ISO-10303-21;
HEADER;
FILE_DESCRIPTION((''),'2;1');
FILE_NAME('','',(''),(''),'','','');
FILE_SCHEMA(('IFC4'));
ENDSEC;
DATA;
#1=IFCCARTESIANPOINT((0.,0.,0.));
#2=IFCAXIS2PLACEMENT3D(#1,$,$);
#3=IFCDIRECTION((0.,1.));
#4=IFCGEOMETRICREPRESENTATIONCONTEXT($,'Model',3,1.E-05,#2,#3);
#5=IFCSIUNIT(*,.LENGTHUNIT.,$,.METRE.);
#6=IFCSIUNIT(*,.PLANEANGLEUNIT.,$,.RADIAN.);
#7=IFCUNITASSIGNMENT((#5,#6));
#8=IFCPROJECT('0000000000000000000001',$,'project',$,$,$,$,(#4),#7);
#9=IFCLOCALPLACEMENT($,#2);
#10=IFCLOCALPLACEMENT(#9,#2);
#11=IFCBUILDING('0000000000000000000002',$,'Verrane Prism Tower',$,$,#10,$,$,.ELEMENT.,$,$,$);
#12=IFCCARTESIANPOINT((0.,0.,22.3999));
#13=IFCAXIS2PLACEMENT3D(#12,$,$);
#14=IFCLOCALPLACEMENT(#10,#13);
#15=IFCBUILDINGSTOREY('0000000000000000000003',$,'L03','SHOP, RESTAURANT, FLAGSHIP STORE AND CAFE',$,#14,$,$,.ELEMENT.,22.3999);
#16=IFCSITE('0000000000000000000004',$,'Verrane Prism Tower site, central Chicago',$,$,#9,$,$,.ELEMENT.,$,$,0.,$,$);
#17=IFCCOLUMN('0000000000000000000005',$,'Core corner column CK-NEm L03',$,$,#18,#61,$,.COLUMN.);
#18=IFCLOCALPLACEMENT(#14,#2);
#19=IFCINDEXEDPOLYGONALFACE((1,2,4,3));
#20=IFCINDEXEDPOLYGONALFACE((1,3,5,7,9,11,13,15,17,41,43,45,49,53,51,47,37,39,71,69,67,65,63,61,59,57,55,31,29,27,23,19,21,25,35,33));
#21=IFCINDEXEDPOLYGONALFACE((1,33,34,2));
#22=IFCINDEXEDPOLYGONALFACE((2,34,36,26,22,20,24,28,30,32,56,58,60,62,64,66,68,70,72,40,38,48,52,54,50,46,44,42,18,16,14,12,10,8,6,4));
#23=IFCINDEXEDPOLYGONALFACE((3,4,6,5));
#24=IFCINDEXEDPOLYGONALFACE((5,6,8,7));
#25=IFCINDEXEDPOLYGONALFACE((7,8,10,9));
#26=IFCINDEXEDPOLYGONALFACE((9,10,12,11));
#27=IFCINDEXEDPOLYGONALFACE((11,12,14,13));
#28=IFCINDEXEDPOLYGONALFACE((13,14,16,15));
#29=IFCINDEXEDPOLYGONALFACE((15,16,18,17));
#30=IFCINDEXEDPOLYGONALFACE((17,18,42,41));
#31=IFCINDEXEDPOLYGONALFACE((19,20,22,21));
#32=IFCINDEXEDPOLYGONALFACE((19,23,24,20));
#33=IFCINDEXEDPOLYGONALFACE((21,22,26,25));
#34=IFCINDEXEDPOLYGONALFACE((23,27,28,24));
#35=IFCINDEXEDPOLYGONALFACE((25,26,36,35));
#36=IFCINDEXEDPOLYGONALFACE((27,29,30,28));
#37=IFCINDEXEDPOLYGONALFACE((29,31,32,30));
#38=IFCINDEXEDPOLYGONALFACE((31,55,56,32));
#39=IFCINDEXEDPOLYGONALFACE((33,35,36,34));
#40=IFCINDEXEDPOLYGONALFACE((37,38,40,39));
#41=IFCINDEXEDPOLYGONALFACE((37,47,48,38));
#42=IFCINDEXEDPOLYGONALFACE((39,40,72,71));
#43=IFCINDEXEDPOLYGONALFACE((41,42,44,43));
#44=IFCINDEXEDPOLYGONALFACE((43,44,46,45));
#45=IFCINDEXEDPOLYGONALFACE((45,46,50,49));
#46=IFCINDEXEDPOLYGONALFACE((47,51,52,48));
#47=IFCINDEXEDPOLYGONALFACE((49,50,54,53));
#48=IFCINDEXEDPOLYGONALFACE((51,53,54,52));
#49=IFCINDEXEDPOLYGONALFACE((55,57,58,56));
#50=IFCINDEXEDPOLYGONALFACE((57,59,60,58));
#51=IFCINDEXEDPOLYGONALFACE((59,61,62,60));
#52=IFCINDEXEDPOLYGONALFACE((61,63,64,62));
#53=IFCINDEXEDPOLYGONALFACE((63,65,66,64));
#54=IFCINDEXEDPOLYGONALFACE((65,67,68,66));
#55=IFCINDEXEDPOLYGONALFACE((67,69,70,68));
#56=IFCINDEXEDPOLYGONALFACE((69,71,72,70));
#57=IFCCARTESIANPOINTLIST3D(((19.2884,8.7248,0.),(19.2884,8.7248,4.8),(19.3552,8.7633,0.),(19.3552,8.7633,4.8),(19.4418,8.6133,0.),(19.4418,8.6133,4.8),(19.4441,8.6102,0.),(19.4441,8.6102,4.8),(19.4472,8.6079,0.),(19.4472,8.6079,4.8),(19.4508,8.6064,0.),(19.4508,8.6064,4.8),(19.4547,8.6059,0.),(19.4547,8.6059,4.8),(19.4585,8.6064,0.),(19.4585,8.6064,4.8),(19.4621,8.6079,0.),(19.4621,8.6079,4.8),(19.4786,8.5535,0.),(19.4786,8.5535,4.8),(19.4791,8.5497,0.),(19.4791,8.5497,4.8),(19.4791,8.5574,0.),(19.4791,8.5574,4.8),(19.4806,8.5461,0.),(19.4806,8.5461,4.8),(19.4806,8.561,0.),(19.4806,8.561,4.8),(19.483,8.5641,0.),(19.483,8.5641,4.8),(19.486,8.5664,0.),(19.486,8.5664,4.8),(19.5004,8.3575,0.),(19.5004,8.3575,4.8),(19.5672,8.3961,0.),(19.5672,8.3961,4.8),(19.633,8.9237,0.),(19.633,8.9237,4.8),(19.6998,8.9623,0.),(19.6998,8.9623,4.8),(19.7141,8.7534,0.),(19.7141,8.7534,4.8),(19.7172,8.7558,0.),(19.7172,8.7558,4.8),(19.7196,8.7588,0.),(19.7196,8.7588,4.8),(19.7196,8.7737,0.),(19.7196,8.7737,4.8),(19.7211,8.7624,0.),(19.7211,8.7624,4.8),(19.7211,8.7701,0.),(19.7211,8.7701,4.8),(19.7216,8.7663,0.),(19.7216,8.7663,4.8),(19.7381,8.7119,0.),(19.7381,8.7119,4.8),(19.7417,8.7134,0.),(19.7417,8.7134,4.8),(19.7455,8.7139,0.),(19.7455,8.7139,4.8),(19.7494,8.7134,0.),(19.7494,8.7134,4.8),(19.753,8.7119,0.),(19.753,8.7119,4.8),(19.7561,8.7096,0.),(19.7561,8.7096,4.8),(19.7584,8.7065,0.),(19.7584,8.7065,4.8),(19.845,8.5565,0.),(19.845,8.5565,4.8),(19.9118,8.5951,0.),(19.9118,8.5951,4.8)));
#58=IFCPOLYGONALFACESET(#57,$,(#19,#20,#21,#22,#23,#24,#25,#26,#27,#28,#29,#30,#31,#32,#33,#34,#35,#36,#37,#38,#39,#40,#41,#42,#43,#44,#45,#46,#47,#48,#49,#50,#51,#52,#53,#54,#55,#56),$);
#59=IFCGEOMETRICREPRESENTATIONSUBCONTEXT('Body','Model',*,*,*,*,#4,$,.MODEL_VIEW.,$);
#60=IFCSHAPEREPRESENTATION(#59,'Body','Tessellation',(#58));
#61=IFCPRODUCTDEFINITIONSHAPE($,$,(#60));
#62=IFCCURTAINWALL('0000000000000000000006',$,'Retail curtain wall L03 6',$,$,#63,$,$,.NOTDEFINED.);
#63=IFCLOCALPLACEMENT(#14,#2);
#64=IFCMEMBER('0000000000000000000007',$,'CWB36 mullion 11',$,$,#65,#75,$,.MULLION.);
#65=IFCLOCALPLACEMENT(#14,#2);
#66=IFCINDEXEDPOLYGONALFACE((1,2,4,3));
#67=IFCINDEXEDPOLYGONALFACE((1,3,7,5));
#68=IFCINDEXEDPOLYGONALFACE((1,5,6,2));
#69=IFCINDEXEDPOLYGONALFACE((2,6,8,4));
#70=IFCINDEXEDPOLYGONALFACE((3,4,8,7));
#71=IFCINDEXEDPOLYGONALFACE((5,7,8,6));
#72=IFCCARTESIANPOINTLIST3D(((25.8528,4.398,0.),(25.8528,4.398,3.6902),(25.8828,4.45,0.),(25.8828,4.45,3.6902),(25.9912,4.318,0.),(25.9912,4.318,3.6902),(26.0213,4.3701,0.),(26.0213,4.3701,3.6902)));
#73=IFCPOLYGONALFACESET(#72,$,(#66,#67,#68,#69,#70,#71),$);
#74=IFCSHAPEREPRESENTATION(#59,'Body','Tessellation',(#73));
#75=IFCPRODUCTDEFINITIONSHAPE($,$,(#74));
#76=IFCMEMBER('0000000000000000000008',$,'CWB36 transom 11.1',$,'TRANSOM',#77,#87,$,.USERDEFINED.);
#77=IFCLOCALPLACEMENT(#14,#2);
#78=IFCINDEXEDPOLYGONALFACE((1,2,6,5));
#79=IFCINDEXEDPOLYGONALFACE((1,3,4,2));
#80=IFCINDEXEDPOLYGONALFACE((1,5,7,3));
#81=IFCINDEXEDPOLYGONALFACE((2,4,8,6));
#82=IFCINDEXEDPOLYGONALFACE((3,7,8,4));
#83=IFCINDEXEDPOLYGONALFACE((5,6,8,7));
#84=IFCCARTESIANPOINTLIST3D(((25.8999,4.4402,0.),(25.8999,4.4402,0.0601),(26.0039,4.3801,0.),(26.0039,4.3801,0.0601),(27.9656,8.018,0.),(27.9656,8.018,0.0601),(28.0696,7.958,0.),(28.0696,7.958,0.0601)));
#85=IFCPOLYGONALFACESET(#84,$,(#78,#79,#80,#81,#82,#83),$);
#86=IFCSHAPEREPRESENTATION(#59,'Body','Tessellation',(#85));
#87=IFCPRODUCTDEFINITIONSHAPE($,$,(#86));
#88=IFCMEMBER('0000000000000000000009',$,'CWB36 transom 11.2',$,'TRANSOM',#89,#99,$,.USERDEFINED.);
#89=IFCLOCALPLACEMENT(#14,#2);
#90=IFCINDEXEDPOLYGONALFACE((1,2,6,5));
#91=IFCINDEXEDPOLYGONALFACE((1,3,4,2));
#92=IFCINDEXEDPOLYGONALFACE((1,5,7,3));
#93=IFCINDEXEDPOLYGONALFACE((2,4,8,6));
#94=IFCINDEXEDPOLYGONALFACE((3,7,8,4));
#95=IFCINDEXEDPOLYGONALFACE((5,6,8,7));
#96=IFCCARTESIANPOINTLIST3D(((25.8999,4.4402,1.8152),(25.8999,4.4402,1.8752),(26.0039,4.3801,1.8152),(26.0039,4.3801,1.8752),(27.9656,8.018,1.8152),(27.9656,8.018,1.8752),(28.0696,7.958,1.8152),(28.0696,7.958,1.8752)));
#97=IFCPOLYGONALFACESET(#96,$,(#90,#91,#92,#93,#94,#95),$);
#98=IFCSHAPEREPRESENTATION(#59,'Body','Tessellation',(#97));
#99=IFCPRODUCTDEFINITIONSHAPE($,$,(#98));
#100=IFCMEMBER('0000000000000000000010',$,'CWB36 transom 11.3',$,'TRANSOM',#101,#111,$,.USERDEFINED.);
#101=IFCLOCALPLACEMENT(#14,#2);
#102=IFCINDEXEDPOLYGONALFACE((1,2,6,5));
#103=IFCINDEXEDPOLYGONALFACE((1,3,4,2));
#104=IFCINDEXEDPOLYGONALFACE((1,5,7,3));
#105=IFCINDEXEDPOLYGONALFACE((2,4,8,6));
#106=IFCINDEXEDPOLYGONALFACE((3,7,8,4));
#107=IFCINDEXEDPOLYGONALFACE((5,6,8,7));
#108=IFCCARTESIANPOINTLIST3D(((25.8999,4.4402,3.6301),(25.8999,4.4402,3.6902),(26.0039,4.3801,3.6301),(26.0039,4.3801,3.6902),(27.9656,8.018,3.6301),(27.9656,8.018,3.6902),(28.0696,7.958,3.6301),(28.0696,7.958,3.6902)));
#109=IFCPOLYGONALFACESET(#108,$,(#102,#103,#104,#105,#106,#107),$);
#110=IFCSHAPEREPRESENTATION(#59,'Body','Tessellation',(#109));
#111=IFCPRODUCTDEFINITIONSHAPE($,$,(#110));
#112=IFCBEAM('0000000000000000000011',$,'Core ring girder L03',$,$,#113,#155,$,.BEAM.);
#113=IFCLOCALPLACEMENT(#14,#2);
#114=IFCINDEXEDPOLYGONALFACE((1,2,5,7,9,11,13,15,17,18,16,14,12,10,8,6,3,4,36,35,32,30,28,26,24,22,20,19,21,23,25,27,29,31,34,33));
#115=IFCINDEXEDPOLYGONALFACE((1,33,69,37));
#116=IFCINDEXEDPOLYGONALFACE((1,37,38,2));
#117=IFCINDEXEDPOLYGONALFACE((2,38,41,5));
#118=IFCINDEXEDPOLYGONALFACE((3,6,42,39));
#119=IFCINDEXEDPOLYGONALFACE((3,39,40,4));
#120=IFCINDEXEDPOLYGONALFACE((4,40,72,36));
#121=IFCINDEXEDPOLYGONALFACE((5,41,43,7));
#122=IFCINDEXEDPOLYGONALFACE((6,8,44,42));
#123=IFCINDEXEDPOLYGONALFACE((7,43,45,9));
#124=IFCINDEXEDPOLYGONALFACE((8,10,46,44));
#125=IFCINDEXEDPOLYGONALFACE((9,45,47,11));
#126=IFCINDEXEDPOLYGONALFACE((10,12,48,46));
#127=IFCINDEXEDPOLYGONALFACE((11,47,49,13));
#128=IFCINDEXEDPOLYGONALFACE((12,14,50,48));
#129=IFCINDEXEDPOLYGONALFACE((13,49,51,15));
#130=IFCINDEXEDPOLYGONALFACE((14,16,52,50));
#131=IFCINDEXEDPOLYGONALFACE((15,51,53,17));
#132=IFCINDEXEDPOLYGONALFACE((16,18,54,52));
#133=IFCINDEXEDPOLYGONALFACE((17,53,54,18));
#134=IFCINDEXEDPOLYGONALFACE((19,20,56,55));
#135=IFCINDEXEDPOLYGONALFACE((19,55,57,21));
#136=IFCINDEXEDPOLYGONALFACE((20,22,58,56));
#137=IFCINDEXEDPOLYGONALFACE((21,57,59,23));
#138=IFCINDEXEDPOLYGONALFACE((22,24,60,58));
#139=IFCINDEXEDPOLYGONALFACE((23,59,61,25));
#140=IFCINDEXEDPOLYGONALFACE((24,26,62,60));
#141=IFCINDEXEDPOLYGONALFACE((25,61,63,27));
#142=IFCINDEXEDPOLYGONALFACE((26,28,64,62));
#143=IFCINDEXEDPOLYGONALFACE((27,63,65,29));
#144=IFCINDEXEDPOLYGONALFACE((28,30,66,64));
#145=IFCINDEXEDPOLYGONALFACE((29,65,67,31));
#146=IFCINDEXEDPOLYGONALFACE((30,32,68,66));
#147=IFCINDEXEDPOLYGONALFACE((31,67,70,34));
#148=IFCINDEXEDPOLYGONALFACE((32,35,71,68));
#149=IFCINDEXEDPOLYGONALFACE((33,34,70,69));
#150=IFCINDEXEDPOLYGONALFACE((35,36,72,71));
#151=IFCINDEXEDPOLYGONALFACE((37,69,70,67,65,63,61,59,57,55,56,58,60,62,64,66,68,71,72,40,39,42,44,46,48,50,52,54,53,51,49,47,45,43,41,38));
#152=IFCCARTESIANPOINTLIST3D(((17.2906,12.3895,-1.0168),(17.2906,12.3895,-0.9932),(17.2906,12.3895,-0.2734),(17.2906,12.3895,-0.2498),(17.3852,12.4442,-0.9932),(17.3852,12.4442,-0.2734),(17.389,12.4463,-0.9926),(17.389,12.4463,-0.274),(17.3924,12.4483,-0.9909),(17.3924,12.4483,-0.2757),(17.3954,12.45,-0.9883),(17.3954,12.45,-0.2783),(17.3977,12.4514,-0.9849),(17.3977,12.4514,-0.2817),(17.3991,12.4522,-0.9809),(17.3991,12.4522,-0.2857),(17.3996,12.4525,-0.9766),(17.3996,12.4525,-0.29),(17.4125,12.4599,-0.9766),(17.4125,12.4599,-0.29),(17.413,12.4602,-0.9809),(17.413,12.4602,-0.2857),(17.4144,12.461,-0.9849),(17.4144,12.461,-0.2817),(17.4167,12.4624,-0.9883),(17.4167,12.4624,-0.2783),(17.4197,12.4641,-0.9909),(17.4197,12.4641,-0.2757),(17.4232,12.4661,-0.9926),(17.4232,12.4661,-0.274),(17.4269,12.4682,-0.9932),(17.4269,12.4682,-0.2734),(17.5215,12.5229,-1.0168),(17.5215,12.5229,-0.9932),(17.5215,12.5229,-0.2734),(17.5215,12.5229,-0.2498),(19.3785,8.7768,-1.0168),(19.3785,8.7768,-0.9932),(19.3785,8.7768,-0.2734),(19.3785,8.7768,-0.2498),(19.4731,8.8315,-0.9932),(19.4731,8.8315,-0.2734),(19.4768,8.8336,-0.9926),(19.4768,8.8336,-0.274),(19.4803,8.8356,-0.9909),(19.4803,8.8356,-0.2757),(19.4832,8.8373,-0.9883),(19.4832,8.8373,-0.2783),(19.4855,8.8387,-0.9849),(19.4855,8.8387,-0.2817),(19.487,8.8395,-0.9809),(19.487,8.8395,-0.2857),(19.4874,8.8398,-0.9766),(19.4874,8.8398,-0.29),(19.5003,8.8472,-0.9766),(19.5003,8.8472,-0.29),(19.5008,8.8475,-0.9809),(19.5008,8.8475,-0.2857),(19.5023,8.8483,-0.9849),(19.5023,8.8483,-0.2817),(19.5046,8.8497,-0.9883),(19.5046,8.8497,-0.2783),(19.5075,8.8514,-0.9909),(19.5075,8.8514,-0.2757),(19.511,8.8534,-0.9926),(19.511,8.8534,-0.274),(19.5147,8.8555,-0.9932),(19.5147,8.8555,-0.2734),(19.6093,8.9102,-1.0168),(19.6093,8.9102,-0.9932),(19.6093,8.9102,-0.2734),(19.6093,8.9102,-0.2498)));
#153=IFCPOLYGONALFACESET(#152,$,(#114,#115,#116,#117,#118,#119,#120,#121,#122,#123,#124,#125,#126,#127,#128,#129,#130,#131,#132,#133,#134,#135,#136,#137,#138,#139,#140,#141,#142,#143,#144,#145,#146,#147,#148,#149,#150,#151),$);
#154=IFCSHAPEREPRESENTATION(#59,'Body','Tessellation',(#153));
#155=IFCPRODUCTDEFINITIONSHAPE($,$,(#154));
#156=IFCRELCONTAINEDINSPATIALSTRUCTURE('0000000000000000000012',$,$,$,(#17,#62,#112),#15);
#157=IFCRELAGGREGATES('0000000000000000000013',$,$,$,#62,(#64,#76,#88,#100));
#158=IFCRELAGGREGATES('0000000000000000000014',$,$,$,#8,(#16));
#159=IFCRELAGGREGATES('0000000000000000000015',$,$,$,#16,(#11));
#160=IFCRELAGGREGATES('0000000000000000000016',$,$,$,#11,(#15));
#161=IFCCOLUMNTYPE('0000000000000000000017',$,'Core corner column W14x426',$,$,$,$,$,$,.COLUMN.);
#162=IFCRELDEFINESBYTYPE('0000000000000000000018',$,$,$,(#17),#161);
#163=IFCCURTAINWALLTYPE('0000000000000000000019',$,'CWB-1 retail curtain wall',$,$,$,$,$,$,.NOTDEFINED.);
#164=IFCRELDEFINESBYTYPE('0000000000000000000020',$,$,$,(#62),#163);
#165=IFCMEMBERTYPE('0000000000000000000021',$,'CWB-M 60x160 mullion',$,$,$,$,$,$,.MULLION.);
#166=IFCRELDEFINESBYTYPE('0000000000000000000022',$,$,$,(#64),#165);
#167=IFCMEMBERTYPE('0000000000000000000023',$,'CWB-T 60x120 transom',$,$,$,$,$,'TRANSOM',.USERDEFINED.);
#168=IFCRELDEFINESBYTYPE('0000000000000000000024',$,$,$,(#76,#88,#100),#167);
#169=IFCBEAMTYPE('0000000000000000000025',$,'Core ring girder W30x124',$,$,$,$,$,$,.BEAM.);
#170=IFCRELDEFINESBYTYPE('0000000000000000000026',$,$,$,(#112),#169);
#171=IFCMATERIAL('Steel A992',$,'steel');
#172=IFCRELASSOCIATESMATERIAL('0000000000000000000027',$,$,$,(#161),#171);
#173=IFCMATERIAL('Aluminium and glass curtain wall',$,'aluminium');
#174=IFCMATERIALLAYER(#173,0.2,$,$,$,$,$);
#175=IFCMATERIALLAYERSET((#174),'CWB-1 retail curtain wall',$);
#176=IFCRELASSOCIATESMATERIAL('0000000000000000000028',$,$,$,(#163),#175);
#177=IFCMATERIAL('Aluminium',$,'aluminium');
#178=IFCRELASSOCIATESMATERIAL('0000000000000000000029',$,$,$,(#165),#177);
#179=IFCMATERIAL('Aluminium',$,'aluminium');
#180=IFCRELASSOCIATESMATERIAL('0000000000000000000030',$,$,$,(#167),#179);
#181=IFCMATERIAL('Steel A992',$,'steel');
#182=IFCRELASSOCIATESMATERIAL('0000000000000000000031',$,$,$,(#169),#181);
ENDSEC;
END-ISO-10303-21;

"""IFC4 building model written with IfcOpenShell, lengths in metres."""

from ifc_helpers import new_model, si_unit, direction, frame, origin, origin_2d, place, context, subcontext, project, spatial, rectangle, i_section, extrude, material, layer, layer_set, material_profile, profile_set, type_object, element, aggregate, save


model = new_model("IFC4")

# Units and contexts
model_context = context("Model", 3, precision=1e-05, world=origin(), true_north=direction((0.0, 1.0)))
body_context = subcontext(model_context, "Body", "Model", "MODEL_VIEW")
ifc_project = project(units=[si_unit("LENGTHUNIT", "METRE"), si_unit("PLANEANGLEUNIT", "RADIAN")], contexts=[model_context])

# Site, building, storey
site_placement = place(None, origin())
site = spatial("IfcSite", under=ifc_project, at=site_placement, Name="Verrane Prism Tower site, central Chicago", CompositionType="ELEMENT", RefElevation=0.0)
building_placement = place(site_placement, origin())
building = spatial("IfcBuilding", under=site, at=building_placement, Name="Verrane Prism Tower", CompositionType="ELEMENT")
storey_placement = place(building_placement, frame((0.0, 0.0, 22.3999)))
storey = spatial("IfcBuildingStorey", under=building, at=storey_placement, Name="L03", Description="SHOP, RESTAURANT, FLAGSHIP STORE AND CAFE", CompositionType="ELEMENT", Elevation=22.3999)

# Column
ifc_material_1 = material(Name="Steel A992", Category="steel")
ifc_material_profile_1 = material_profile(ifc_material_1, i_section(OverallWidth=0.4241, OverallDepth=0.4751, WebThickness=0.0479, FlangeThickness=0.0771, FilletRadius=0.0149, at=origin_2d()), Name="W14x426")
ifc_profile_set_1 = profile_set([ifc_material_profile_1], Name="Steel A992")
column_type = type_object("IfcColumnType", Name="Core corner column W14x426", PredefinedType="COLUMN", material=ifc_profile_set_1)
column_placement = place(storey_placement, frame((19.6001, 8.6599, 0.0), z_axis=(0.0, 0.0, 1.0), x_axis=(0.5, -0.866025, 0.0)))
element("IfcColumn", 1, at=column_placement, inside=storey, type_object=column_type, Name="Core corner column CK-NEm L03", PredefinedType="COLUMN", context=body_context, shape_type="SweptSolid", body=[
    extrude(i_section(OverallWidth=0.4241, OverallDepth=0.4751, WebThickness=0.0479, FlangeThickness=0.0771, FilletRadius=0.0149, at=origin_2d()), origin(), (0.0, 0.0, 1.0), 4.8),
])

# Curtain wall, members
ifc_material_2 = material(Name="Aluminium and glass curtain wall", Category="aluminium")
ifc_layer_1 = layer(ifc_material_2, 0.2)
ifc_layer_set_1 = layer_set([ifc_layer_1], Name="CWB-1 retail curtain wall")
curtain_wall_type = type_object("IfcCurtainWallType", Name="CWB-1 retail curtain wall", PredefinedType="NOTDEFINED", material=ifc_layer_set_1)
curtain_wall_placement = place(storey_placement, origin())
curtain_wall = element("IfcCurtainWall", 2, at=curtain_wall_placement, inside=storey, type_object=curtain_wall_type, Name="Retail curtain wall L03 6", PredefinedType="NOTDEFINED")
ifc_material_3 = material(Name="Aluminium", Category="aluminium")
ifc_material_profile_2 = material_profile(ifc_material_3, rectangle(XDim=0.1599, YDim=0.0601, at=origin_2d()), Name="CWB-M 60x160 mullion")
ifc_profile_set_2 = profile_set([ifc_material_profile_2], Name="Aluminium")
member_type_1 = type_object("IfcMemberType", Name="CWB-M 60x160 mullion", PredefinedType="MULLION", material=ifc_profile_set_2)
member_1_placement = place(storey_placement, frame((25.937, 4.384, 0.0), z_axis=(0.0, 0.0, 1.0), x_axis=(-0.866025, 0.5, 0.0)))
member_1 = element("IfcMember", 3, at=member_1_placement, type_object=member_type_1, Name="CWB36 mullion 11", PredefinedType="MULLION", context=body_context, shape_type="SweptSolid", body=[
    extrude(rectangle(XDim=0.1599, YDim=0.0601, at=origin_2d()), origin(), (0.0, 0.0, 1.0), 3.6902),
])
ifc_material_4 = material(Name="Aluminium", Category="aluminium")
ifc_material_profile_3 = material_profile(ifc_material_4, rectangle(XDim=0.1201, YDim=0.0601, at=origin_2d()), Name="CWB-T 60x120 transom")
ifc_profile_set_3 = profile_set([ifc_material_profile_3], Name="Aluminium")
member_type_2 = type_object("IfcMemberType", Name="CWB-T 60x120 transom", ElementType="TRANSOM", PredefinedType="USERDEFINED", material=ifc_profile_set_3)
member_2_placement = place(storey_placement, frame((25.9519, 4.4102, 0.03), z_axis=(0.499997, 0.866027, 0.0), x_axis=(-0.866027, 0.499997, 0.0)))
member_2 = element("IfcMember", 4, at=member_2_placement, type_object=member_type_2, Name="CWB36 transom 11.1", ObjectType="TRANSOM", PredefinedType="USERDEFINED", context=body_context, shape_type="SweptSolid", body=[
    extrude(rectangle(XDim=0.1201, YDim=0.0601, at=origin_2d()), origin(), (0.0, 0.0, 1.0), 4.1313),
])
member_3_placement = place(storey_placement, frame((25.9519, 4.4102, 1.8452), z_axis=(0.499997, 0.866027, 0.0), x_axis=(-0.866027, 0.499997, 0.0)))
member_3 = element("IfcMember", 5, at=member_3_placement, type_object=member_type_2, Name="CWB36 transom 11.2", ObjectType="TRANSOM", PredefinedType="USERDEFINED", context=body_context, shape_type="SweptSolid", body=[
    extrude(rectangle(XDim=0.1201, YDim=0.0601, at=origin_2d()), origin(), (0.0, 0.0, 1.0), 4.1313),
])
member_4_placement = place(storey_placement, frame((25.9519, 4.4102, 3.6602), z_axis=(0.499997, 0.866027, 0.0), x_axis=(-0.866027, 0.499997, 0.0)))
member_4 = element("IfcMember", 6, at=member_4_placement, type_object=member_type_2, Name="CWB36 transom 11.3", ObjectType="TRANSOM", PredefinedType="USERDEFINED", context=body_context, shape_type="SweptSolid", body=[
    extrude(rectangle(XDim=0.1201, YDim=0.0601, at=origin_2d()), origin(), (0.0, 0.0, 1.0), 4.1313),
])

# Beam
ifc_material_5 = material(Name="Steel A992", Category="steel")
ifc_material_profile_4 = material_profile(ifc_material_5, i_section(OverallWidth=0.2666, OverallDepth=0.7671, WebThickness=0.0149, FlangeThickness=0.0237, FilletRadius=0.0166, at=origin_2d()), Name="W30x124")
ifc_profile_set_4 = profile_set([ifc_material_profile_4], Name="Steel A992")
beam_type_1 = type_object("IfcBeamType", Name="Core ring girder W30x124", PredefinedType="BEAM", material=ifc_profile_set_4)
beam_1_placement = place(storey_placement, frame((19.4939, 8.8435, -0.6333), z_axis=(-0.500367, 0.865813, 0.0), x_axis=(-0.865813, -0.500367, 0.0)))
element("IfcBeam", 7, at=beam_1_placement, inside=storey, type_object=beam_type_1, Name="Core ring girder L03", PredefinedType="BEAM", context=body_context, shape_type="SweptSolid", body=[
    extrude(i_section(OverallWidth=0.2666, OverallDepth=0.7671, WebThickness=0.0149, FlangeThickness=0.0237, FilletRadius=0.0166, at=origin_2d()), origin(), (0.0, 0.0, 1.0), 4.1726),
])

aggregate(curtain_wall, [member_1, member_2, member_3, member_4])

save(model, "model.ifc")
